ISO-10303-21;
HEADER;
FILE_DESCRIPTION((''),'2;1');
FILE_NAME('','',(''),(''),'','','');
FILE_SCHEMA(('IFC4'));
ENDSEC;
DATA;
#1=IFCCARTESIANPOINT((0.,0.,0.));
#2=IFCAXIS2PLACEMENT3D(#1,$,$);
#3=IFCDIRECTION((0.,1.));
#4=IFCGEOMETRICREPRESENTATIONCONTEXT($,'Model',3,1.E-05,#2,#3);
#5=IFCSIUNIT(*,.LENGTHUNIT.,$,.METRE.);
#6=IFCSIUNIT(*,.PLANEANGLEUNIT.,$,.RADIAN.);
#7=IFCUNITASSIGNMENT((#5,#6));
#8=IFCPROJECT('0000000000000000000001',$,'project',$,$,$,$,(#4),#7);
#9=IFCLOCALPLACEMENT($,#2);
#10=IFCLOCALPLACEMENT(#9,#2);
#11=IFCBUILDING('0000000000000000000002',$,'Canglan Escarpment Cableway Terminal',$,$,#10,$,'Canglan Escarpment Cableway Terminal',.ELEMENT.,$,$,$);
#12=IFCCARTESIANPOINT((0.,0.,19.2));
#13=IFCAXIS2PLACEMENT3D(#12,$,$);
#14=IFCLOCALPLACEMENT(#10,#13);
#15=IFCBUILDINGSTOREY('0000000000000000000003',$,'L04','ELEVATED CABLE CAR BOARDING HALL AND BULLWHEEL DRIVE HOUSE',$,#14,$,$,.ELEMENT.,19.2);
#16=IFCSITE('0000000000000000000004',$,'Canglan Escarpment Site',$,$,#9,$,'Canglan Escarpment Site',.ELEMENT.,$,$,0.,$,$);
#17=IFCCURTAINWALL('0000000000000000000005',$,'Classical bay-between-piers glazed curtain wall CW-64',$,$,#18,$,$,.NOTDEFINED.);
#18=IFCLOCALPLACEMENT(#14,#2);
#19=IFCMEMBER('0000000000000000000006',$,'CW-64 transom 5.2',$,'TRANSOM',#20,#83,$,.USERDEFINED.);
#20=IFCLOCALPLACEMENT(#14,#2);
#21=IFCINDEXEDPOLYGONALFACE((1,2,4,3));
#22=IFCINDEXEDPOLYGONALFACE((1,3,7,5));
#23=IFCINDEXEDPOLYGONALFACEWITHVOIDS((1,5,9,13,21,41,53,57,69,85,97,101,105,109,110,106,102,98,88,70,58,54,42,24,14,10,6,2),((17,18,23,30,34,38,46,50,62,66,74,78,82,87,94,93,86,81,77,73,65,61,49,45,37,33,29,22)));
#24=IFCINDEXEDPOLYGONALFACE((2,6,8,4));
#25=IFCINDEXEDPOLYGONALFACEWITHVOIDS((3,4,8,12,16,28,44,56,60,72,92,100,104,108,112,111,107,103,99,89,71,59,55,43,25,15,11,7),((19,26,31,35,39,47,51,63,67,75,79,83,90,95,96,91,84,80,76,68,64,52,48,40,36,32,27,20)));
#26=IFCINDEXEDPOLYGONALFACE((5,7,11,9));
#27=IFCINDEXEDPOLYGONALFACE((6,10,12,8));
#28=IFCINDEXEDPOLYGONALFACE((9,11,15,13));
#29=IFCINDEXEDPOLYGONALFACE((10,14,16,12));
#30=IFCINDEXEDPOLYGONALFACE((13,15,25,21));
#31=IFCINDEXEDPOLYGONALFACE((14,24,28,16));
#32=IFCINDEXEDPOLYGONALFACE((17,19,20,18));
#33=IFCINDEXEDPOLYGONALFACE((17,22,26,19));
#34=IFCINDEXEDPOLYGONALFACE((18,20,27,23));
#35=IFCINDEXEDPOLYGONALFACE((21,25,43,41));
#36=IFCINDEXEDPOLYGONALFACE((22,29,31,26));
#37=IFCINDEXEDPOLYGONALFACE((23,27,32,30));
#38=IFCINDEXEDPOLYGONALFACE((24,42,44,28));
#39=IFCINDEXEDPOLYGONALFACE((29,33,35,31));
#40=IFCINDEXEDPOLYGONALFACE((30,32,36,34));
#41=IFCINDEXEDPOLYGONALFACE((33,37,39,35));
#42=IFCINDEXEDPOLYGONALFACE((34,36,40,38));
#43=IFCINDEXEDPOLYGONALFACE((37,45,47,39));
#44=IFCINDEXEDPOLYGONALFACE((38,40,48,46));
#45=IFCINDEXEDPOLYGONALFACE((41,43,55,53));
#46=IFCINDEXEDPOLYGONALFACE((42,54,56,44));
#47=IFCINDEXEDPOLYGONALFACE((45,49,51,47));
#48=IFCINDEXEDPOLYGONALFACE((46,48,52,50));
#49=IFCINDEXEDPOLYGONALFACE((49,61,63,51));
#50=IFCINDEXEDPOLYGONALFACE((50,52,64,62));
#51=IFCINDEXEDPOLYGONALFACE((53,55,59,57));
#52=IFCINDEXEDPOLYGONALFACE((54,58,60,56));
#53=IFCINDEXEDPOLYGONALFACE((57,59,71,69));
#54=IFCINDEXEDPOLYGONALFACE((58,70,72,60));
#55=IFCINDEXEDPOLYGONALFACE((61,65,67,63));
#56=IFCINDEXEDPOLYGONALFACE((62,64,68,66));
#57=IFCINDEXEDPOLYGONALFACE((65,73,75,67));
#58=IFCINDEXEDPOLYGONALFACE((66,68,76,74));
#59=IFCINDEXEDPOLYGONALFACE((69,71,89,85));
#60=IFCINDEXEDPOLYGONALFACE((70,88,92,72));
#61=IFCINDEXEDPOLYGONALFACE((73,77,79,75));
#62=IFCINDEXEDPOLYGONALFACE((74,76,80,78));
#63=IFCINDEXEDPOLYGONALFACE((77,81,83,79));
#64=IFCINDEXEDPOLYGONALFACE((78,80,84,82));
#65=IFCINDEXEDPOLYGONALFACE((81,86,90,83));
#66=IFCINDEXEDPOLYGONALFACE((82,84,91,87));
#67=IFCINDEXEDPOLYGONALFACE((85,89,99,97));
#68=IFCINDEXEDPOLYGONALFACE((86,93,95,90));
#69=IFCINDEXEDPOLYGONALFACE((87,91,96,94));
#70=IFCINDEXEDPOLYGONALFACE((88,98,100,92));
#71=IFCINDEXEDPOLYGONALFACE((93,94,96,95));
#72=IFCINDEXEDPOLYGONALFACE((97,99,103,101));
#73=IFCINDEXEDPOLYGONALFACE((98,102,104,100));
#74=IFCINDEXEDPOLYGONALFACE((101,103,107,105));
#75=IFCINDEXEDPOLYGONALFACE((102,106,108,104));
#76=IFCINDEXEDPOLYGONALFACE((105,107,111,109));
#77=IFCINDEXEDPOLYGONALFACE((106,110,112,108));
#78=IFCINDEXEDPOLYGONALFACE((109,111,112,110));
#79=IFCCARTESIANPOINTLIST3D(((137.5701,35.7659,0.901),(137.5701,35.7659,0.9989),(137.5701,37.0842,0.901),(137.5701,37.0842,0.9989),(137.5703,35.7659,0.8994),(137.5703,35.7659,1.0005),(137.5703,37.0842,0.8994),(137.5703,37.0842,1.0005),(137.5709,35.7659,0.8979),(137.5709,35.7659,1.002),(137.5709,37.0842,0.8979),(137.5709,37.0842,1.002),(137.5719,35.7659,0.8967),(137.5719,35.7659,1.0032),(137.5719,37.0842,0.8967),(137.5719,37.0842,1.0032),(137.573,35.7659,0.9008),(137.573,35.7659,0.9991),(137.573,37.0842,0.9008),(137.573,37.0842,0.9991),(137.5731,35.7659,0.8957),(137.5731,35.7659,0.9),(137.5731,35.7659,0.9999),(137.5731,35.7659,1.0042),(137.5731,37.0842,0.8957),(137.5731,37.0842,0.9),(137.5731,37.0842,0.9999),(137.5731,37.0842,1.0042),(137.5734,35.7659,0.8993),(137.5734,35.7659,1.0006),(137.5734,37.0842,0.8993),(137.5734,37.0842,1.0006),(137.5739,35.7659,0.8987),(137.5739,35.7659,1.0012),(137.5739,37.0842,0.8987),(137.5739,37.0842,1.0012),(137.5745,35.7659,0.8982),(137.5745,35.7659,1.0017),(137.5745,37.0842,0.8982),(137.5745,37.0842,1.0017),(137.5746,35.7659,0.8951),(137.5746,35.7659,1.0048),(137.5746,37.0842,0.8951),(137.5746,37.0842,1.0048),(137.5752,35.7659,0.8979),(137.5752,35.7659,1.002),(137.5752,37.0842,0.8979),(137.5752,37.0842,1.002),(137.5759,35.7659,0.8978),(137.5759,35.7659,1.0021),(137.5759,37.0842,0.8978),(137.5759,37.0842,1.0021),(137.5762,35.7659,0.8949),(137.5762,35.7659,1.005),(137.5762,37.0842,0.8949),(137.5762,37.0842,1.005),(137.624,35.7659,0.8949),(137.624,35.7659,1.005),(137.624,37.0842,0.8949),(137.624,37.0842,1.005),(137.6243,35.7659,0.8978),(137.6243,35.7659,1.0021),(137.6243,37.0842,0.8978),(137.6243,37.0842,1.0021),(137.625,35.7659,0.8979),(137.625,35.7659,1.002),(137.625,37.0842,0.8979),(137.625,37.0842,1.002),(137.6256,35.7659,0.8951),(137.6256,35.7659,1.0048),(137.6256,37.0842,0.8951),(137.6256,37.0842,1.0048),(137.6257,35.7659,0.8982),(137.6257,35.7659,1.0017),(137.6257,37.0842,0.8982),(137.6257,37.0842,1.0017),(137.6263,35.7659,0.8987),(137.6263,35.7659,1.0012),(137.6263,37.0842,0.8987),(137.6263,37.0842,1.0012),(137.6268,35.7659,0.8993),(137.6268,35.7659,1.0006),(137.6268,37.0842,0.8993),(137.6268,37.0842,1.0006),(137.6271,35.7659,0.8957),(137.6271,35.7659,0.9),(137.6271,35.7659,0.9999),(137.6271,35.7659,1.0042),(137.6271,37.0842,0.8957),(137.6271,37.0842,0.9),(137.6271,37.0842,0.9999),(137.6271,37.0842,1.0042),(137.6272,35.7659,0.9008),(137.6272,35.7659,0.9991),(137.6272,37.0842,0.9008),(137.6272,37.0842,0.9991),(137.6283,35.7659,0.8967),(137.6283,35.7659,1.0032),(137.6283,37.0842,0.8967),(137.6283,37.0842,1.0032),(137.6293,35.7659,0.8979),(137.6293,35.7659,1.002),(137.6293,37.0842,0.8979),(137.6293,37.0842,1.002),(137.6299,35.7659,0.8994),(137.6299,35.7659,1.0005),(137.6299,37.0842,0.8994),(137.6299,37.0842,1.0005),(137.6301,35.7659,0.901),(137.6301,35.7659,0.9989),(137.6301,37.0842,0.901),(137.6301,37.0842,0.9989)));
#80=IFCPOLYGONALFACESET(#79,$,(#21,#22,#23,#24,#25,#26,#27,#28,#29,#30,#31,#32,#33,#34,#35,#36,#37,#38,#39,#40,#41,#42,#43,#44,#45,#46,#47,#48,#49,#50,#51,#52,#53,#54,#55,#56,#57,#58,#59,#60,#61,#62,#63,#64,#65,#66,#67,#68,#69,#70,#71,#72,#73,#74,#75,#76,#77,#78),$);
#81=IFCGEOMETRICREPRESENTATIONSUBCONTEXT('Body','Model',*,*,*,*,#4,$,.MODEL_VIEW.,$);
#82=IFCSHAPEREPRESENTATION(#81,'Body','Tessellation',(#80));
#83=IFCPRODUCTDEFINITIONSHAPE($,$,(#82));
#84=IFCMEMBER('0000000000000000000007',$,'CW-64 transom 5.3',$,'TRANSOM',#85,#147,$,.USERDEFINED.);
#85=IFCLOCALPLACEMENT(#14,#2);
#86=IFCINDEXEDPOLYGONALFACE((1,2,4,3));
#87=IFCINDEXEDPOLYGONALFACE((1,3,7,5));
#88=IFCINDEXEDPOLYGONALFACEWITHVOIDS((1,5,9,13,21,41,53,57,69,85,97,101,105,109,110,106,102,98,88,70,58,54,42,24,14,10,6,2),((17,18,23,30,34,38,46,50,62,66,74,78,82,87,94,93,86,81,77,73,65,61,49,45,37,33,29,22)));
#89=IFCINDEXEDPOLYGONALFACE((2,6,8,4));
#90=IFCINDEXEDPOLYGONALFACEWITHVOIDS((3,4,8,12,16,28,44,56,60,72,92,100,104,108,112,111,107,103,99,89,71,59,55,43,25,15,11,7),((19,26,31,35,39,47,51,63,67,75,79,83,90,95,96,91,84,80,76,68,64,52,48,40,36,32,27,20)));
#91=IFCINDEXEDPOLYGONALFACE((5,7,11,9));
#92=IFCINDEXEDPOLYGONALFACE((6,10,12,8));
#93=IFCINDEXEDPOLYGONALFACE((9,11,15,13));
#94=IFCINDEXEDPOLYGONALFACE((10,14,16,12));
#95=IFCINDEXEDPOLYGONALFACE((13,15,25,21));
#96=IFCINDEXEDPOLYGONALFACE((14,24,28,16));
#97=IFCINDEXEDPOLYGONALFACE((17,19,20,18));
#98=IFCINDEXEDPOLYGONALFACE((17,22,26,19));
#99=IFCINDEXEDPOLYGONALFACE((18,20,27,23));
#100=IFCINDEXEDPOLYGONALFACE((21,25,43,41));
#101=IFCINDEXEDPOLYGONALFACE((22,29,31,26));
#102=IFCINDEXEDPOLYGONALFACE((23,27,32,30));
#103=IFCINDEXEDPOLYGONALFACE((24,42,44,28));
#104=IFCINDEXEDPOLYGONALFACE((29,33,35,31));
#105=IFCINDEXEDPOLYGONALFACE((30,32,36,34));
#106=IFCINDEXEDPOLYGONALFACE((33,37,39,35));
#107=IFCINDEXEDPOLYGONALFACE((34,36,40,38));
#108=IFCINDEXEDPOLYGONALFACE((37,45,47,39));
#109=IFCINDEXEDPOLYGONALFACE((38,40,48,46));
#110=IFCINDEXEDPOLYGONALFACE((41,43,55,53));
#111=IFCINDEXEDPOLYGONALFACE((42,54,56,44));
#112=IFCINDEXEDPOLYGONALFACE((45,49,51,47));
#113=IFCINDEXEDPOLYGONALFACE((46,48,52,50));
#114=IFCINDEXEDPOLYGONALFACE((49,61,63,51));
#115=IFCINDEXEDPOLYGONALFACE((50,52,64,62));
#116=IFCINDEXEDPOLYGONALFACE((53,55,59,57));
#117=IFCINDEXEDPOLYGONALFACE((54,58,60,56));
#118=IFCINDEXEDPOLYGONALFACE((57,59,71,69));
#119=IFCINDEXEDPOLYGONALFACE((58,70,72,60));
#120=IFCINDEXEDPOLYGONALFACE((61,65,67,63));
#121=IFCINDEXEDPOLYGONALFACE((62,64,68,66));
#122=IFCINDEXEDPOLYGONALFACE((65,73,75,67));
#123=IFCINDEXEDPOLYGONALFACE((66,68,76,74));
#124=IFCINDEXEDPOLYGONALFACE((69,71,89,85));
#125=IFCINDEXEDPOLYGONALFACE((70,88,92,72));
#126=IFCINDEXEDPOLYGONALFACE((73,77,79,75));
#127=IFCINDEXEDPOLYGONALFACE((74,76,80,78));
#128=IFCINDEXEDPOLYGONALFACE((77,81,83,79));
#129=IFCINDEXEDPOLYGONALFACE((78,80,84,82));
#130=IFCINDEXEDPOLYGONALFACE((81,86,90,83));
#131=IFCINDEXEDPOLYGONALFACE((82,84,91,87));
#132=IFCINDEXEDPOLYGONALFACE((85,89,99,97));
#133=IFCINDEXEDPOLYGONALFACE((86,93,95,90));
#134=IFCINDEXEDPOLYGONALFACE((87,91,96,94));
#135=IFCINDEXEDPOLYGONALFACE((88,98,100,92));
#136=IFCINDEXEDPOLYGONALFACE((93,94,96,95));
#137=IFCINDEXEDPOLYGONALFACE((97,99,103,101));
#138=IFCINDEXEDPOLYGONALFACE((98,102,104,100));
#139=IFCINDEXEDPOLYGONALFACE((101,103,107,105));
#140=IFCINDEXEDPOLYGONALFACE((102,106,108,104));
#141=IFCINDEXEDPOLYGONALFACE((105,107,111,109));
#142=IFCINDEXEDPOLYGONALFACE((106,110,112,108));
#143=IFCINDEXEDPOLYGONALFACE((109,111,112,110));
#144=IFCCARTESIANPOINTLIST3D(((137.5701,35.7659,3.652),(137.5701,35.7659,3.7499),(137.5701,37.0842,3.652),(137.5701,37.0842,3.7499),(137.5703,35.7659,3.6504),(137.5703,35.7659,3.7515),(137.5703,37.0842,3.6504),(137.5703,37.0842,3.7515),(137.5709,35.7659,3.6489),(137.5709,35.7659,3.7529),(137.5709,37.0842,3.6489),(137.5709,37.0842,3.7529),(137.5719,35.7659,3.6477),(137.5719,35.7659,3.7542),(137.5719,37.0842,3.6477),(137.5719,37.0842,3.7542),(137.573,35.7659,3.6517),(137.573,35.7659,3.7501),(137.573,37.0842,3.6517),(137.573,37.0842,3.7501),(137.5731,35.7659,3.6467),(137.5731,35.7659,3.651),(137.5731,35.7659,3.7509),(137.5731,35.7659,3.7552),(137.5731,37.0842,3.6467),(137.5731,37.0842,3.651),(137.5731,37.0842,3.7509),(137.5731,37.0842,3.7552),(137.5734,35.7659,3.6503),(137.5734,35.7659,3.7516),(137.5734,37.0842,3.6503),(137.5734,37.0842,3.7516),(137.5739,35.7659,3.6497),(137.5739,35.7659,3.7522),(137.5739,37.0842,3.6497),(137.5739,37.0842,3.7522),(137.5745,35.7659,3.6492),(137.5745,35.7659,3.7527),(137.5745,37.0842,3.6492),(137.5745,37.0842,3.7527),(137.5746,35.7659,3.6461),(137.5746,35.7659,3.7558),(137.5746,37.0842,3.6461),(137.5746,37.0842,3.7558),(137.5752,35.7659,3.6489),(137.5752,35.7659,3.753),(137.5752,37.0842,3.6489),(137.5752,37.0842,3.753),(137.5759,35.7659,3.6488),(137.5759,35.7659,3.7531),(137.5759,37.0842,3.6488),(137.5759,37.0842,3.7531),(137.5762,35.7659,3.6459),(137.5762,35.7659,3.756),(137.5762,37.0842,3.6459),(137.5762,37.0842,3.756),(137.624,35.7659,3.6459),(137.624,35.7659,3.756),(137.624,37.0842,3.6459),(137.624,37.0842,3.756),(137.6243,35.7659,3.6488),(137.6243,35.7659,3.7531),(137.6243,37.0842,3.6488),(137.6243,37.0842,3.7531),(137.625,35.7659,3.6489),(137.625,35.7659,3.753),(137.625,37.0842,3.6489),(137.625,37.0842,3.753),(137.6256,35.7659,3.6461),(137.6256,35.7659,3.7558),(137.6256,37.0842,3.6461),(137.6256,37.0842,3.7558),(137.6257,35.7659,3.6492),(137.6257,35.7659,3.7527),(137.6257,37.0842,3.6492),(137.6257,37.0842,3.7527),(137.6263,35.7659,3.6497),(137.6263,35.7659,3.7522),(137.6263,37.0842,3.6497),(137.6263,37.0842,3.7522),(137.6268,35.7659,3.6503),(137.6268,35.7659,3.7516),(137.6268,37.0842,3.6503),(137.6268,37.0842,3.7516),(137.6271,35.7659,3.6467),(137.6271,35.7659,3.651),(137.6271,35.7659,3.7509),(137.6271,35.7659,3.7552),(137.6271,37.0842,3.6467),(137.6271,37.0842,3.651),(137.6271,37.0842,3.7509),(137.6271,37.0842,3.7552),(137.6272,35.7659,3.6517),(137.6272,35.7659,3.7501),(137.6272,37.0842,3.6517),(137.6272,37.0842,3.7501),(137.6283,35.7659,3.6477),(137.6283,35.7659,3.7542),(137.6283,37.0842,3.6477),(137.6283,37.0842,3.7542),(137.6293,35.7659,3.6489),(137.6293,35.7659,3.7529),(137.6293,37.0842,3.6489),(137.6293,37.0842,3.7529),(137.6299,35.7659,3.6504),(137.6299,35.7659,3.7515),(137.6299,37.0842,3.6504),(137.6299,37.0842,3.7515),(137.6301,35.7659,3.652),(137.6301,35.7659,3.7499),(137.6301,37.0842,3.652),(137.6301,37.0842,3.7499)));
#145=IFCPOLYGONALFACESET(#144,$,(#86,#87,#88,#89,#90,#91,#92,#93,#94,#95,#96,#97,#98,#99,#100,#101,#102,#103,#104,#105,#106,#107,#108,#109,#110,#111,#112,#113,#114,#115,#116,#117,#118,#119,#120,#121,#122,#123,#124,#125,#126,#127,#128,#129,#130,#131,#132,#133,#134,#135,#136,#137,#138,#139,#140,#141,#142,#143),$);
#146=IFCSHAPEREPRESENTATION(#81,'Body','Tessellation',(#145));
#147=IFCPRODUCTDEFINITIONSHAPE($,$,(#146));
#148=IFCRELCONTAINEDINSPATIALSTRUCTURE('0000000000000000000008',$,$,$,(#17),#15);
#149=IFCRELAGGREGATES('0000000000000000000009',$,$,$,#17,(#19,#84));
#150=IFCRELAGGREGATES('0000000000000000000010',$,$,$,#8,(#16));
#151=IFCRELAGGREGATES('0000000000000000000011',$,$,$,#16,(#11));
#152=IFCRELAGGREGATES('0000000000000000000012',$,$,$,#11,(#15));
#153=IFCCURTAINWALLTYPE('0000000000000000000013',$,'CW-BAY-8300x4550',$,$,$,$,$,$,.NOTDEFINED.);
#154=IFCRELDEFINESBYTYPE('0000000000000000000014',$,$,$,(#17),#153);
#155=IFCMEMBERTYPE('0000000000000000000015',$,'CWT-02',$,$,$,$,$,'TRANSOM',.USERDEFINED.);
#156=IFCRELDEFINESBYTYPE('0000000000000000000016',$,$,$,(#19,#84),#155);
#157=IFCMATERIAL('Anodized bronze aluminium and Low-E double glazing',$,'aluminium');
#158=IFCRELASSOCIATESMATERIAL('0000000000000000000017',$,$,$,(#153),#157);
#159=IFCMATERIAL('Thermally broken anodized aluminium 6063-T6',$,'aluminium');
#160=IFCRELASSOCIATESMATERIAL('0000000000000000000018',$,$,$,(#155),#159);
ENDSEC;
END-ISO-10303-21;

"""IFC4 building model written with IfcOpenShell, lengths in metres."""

from ifc_helpers import new_model, si_unit, direction, frame, origin, origin_2d, place, context, subcontext, project, spatial, hollow_rectangle, extrude, material, material_profile, profile_set, type_object, element, aggregate, save


model = new_model("IFC4")

# Units and contexts
model_context = context("Model", 3, precision=1e-05, world=origin(), true_north=direction((0.0, 1.0)))
body_context = subcontext(model_context, "Body", "Model", "MODEL_VIEW")
ifc_project = project(units=[si_unit("LENGTHUNIT", "METRE"), si_unit("PLANEANGLEUNIT", "RADIAN")], contexts=[model_context])

# Site, building, storey
site_placement = place(None, origin())
site = spatial("IfcSite", under=ifc_project, at=site_placement, Name="Canglan Escarpment Site", LongName="Canglan Escarpment Site", CompositionType="ELEMENT", RefElevation=0.0)
building_placement = place(site_placement, origin())
building = spatial("IfcBuilding", under=site, at=building_placement, Name="Canglan Escarpment Cableway Terminal", LongName="Canglan Escarpment Cableway Terminal", CompositionType="ELEMENT")
storey_placement = place(building_placement, frame((0.0, 0.0, 19.2)))
storey = spatial("IfcBuildingStorey", under=building, at=storey_placement, Name="L04", Description="ELEVATED CABLE CAR BOARDING HALL AND BULLWHEEL DRIVE HOUSE", CompositionType="ELEMENT", Elevation=19.2)

# Shared definitions
ifc_material_1 = material(Name="Anodized bronze aluminium and Low-E double glazing", Category="aluminium")
ifc_material_2 = material(Name="Thermally broken anodized aluminium 6063-T6", Category="aluminium")

# Curtain wall
curtain_wall_type_1 = type_object("IfcCurtainWallType", Name="CW-BAY-8300x4550", PredefinedType="NOTDEFINED", material=ifc_material_1)
curtain_wall_1_placement = place(storey_placement, origin())
curtain_wall_1 = element("IfcCurtainWall", 1, at=curtain_wall_1_placement, inside=storey, type_object=curtain_wall_type_1, Name="Classical bay-between-piers glazed curtain wall CW-64", PredefinedType="NOTDEFINED")

# Members
ifc_material_profile_1 = material_profile(ifc_material_2, hollow_rectangle(XDim=0.0601, YDim=0.1101, WallThickness=0.0029, InnerFilletRadius=0.0029, OuterFilletRadius=0.0061, at=origin_2d()), Name="ALU-TRAN 60x110x3")
ifc_profile_set_1 = profile_set([ifc_material_profile_1], Name="Thermally broken anodized aluminium 6063-T6")
member_type_1 = type_object("IfcMemberType", Name="CWT-02", ElementType="TRANSOM", PredefinedType="USERDEFINED", material=ifc_profile_set_1)
member_1_placement = place(storey_placement, frame((137.6001, 37.0842, 0.95), z_axis=(0.0, -1.0, 0.0), x_axis=(1.0, 0.0, 0.0)))
member_1 = element("IfcMember", 2, at=member_1_placement, type_object=member_type_1, Name="CW-64 transom 5.2", ObjectType="TRANSOM", PredefinedType="USERDEFINED", context=body_context, shape_type="SweptSolid", body=[
    extrude(hollow_rectangle(XDim=0.0601, YDim=0.1101, WallThickness=0.0029, InnerFilletRadius=0.0029, OuterFilletRadius=0.0061, at=origin_2d()), origin(), (0.0, 0.0, 1.0), 1.3184),
])
member_2_placement = place(storey_placement, frame((137.6001, 37.0842, 3.7009), z_axis=(0.0, -1.0, 0.0), x_axis=(1.0, 0.0, 0.0)))
member_2 = element("IfcMember", 3, at=member_2_placement, type_object=member_type_1, Name="CW-64 transom 5.3", ObjectType="TRANSOM", PredefinedType="USERDEFINED", context=body_context, shape_type="SweptSolid", body=[
    extrude(hollow_rectangle(XDim=0.0601, YDim=0.1101, WallThickness=0.0029, InnerFilletRadius=0.0029, OuterFilletRadius=0.0061, at=origin_2d()), origin(), (0.0, 0.0, 1.0), 1.3184),
])

aggregate(curtain_wall_1, [member_1, member_2])

save(model, "model.ifc")
